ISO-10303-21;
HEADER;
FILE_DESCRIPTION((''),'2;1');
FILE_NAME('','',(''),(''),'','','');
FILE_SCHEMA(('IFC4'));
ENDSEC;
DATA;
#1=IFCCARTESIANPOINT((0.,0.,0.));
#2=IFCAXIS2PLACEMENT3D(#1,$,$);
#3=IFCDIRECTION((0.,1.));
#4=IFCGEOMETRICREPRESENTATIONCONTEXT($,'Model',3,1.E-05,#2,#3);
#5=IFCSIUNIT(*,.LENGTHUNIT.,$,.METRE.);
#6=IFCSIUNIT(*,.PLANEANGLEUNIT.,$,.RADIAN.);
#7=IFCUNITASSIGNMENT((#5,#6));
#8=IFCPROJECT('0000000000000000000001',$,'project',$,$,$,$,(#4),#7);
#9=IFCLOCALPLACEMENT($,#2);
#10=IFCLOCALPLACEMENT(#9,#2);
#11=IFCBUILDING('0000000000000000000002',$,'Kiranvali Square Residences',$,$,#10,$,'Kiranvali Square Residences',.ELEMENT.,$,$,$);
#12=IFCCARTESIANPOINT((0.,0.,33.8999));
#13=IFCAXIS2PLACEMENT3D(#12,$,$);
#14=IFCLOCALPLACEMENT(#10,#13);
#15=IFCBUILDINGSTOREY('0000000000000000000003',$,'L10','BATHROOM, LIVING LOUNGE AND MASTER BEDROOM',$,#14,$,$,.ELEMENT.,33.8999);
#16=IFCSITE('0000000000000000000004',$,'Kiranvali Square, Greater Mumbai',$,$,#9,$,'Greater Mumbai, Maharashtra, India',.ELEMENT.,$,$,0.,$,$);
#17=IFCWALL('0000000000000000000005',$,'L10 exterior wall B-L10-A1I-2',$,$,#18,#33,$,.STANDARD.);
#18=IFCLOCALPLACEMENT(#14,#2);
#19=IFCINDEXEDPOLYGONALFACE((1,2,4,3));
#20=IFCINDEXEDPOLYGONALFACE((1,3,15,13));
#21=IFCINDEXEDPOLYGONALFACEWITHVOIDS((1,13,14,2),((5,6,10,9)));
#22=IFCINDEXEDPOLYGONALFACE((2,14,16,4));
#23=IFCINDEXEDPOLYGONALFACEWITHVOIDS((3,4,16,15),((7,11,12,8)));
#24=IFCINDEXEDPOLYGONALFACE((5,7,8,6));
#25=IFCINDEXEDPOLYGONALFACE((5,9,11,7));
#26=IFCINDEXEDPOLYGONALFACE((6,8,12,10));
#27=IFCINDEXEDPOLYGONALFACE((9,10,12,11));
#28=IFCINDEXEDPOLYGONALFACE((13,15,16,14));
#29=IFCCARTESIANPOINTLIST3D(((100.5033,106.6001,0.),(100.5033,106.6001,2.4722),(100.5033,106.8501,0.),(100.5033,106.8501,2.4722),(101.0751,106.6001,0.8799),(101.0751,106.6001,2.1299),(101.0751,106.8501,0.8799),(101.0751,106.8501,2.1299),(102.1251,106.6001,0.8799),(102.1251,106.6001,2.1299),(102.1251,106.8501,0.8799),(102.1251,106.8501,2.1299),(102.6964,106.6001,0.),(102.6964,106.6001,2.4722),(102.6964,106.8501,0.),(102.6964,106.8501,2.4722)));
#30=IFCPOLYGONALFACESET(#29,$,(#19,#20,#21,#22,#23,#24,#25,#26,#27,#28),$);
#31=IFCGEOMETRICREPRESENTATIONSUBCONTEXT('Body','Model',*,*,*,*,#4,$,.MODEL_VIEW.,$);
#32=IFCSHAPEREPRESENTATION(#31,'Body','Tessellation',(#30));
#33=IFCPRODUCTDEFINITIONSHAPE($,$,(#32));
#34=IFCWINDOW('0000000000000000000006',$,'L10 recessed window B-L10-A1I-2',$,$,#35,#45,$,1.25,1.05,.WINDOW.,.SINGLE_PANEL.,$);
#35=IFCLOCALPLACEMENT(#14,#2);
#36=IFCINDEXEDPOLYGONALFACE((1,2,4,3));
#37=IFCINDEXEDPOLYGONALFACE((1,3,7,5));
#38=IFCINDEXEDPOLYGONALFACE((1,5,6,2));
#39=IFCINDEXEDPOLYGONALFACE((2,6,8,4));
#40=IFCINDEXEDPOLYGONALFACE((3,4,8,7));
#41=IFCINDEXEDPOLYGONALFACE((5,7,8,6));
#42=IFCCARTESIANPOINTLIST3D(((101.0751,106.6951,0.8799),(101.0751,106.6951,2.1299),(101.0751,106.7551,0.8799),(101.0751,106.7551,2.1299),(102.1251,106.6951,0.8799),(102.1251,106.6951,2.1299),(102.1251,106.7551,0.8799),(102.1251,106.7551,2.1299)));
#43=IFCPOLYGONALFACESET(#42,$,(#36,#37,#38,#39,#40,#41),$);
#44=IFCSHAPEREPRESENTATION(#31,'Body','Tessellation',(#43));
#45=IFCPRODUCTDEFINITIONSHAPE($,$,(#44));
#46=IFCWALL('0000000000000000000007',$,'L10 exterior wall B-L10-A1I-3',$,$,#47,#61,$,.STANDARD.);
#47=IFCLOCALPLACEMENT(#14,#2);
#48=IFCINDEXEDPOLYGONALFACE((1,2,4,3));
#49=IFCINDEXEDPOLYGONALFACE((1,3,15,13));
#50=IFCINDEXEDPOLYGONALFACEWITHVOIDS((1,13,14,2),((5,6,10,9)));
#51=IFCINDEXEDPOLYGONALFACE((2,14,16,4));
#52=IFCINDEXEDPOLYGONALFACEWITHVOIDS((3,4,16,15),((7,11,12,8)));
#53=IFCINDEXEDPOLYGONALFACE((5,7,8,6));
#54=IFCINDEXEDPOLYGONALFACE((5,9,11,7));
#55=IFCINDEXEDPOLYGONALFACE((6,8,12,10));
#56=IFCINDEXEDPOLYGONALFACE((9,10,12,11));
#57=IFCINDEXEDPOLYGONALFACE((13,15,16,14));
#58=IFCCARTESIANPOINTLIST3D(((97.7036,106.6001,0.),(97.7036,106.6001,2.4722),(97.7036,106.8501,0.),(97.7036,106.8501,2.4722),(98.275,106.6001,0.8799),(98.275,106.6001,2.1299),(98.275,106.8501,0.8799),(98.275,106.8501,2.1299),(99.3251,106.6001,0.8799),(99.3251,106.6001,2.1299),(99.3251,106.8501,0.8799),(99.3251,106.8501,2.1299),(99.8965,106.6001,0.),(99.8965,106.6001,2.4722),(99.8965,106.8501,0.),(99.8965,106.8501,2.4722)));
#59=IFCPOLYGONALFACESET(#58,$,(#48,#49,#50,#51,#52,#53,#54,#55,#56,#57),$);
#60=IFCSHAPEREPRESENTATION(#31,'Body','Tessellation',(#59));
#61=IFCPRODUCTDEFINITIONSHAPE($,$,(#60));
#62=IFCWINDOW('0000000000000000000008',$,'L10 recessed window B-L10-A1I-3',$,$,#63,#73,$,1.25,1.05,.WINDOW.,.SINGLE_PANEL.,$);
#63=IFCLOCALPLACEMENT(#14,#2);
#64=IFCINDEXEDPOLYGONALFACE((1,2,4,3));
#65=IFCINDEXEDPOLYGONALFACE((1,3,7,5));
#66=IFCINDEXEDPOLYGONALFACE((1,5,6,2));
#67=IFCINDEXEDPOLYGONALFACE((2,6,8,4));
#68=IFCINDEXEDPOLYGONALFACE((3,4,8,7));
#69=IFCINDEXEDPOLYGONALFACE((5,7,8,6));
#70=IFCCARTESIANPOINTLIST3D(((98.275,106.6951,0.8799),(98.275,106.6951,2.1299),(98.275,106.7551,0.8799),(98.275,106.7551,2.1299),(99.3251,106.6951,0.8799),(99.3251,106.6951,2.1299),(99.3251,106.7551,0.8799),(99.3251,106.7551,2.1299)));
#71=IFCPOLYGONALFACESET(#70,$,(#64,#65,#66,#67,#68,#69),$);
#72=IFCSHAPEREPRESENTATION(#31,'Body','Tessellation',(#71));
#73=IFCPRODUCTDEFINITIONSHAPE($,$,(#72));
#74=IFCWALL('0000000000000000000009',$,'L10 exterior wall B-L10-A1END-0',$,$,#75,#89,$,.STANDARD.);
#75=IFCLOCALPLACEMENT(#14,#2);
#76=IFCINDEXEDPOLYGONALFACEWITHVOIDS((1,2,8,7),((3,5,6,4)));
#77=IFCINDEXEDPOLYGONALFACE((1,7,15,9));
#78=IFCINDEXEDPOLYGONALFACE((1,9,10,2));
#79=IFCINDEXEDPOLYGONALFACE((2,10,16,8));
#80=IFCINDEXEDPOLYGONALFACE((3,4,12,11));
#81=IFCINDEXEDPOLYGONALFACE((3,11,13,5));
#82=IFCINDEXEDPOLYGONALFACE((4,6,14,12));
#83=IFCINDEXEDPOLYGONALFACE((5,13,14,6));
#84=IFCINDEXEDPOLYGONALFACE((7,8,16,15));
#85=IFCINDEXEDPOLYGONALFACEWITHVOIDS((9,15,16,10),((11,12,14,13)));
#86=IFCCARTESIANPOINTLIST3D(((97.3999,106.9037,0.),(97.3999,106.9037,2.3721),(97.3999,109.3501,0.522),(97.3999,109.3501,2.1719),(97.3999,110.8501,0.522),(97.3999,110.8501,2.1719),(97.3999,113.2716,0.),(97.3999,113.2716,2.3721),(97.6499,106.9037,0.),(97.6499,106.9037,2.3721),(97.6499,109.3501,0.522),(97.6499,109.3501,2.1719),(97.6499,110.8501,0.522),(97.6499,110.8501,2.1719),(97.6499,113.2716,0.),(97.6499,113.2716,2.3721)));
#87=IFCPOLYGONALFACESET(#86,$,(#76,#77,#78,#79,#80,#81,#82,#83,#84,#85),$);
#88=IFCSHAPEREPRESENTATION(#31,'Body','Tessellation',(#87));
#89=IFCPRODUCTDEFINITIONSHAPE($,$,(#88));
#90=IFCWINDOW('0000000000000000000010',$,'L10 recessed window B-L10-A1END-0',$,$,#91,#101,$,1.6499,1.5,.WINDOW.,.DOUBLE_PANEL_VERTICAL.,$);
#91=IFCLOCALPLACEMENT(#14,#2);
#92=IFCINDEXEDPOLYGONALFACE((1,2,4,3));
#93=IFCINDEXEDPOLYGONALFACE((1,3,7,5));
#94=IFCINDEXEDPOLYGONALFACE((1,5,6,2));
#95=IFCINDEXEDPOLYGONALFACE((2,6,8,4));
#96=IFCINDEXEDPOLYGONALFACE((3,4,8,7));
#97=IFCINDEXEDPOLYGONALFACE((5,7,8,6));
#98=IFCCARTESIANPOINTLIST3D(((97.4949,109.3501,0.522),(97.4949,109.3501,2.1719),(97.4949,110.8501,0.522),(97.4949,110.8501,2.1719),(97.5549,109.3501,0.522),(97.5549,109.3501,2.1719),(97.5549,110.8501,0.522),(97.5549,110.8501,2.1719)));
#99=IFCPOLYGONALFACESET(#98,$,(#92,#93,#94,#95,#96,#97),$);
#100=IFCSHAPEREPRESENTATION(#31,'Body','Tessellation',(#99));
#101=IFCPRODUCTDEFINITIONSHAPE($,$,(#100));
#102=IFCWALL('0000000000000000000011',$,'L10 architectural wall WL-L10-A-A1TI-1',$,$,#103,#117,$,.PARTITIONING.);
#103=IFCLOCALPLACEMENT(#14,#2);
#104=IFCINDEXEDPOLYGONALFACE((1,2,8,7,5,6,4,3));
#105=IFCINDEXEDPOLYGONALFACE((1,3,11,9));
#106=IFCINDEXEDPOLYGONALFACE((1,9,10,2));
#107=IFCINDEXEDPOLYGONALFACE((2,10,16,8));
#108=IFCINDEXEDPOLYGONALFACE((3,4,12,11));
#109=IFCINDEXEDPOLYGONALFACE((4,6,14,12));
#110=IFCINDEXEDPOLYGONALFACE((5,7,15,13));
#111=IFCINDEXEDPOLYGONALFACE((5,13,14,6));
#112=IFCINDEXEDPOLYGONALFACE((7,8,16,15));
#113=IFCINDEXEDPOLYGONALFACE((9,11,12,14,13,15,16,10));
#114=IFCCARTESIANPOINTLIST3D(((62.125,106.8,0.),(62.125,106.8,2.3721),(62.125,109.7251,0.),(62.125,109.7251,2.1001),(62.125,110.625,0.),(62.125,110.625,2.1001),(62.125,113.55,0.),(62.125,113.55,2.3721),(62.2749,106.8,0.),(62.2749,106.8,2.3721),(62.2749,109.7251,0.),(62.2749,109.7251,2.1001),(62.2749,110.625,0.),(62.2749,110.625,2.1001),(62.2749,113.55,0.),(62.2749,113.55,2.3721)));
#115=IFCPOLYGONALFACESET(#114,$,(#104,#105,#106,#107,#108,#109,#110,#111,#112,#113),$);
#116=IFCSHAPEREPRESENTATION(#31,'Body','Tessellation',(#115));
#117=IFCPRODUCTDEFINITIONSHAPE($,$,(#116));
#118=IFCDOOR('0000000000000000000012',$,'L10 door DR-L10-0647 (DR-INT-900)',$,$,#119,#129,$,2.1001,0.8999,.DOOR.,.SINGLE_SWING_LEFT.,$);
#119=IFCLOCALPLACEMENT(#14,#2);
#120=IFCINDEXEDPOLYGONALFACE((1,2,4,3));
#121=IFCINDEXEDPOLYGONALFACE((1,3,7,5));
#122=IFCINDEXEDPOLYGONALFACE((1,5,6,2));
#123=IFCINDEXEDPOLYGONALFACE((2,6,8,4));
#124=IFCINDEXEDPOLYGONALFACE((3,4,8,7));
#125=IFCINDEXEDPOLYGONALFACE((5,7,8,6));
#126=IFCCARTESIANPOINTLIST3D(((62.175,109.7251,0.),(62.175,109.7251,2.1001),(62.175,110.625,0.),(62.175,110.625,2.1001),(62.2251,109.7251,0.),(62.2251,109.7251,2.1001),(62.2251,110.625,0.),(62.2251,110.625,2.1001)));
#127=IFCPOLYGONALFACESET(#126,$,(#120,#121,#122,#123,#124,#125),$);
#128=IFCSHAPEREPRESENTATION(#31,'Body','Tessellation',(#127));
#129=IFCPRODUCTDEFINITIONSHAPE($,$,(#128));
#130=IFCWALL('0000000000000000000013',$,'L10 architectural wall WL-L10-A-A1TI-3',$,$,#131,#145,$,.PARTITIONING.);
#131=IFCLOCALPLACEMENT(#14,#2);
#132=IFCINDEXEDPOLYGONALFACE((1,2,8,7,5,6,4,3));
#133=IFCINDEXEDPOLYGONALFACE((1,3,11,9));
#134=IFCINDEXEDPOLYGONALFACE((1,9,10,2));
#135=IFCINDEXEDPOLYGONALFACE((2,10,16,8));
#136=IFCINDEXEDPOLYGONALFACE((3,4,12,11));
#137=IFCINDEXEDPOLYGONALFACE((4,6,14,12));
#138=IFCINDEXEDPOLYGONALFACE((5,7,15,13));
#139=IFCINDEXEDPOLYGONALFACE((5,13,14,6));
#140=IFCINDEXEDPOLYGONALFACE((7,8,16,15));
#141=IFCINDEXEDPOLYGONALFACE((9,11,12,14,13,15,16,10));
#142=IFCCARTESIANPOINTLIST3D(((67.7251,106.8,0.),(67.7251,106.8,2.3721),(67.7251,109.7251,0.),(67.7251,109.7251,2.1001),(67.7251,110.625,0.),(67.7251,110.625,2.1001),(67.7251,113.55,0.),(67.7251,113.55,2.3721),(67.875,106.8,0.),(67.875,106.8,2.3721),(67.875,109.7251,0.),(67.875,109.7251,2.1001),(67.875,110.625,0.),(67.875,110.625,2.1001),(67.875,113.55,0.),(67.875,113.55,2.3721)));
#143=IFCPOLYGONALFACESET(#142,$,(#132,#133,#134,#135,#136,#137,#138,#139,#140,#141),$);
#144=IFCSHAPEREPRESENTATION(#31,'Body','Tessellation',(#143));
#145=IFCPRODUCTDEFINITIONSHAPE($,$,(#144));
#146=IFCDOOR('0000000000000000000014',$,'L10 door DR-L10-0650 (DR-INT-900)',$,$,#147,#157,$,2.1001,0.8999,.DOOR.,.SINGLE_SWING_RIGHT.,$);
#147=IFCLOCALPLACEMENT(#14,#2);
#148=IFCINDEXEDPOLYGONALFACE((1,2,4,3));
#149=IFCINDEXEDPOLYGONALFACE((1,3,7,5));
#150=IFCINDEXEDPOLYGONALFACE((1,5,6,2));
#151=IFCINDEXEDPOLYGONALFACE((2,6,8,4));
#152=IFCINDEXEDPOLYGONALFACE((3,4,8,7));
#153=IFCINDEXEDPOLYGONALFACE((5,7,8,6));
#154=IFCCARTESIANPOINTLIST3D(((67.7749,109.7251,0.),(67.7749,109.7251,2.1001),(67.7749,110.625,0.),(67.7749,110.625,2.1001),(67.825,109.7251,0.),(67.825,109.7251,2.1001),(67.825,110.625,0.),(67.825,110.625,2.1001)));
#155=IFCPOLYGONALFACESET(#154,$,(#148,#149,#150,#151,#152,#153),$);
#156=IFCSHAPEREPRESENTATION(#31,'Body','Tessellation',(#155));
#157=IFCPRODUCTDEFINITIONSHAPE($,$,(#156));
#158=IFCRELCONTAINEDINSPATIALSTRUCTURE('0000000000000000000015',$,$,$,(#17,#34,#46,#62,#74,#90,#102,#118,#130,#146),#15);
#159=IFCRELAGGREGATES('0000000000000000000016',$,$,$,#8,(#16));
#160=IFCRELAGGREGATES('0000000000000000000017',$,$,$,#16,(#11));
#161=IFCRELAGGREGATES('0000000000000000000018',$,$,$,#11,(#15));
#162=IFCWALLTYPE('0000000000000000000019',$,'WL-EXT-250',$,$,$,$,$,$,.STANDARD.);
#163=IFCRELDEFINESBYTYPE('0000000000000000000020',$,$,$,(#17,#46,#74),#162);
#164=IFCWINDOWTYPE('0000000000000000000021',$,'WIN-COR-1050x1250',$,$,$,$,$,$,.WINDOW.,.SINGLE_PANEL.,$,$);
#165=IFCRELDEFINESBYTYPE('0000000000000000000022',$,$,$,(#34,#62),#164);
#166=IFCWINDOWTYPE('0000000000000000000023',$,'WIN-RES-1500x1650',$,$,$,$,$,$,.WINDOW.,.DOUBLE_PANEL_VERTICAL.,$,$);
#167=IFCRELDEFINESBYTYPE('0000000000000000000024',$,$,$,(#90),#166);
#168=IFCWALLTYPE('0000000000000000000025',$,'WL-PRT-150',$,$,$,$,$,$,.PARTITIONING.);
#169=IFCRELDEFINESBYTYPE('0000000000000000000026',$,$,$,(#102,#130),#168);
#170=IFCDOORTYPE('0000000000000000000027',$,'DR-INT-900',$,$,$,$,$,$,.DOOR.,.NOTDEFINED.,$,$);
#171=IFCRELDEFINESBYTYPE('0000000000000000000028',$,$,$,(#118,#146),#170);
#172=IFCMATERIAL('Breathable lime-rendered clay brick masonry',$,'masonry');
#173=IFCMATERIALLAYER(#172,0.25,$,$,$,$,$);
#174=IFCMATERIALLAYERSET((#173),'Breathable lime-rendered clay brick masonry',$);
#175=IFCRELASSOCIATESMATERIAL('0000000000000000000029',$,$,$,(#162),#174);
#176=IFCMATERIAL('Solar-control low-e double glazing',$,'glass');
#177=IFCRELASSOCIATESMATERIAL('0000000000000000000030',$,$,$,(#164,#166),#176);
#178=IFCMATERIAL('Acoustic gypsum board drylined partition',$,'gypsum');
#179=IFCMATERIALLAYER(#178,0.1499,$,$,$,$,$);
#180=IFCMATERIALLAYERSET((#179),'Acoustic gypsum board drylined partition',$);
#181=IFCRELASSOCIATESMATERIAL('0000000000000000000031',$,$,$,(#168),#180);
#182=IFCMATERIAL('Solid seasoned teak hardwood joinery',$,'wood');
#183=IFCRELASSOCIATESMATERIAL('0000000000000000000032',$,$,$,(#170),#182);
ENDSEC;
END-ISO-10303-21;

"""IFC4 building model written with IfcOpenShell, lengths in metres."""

from ifc_helpers import new_model, si_unit, direction, frame, frame_2d, origin, place, context, subcontext, project, spatial, rectangle, extrude, material, layer, layer_set, type_object, element, fill, save


model = new_model("IFC4")

# Units and contexts
model_context = context("Model", 3, precision=1e-05, world=origin(), true_north=direction((0.0, 1.0)))
body_context = subcontext(model_context, "Body", "Model", "MODEL_VIEW")
ifc_project = project(units=[si_unit("LENGTHUNIT", "METRE"), si_unit("PLANEANGLEUNIT", "RADIAN")], contexts=[model_context])

# Site, building, storey
site_placement = place(None, origin())
site = spatial("IfcSite", under=ifc_project, at=site_placement, Name="Kiranvali Square, Greater Mumbai", LongName="Greater Mumbai, Maharashtra, India", CompositionType="ELEMENT", RefElevation=0.0)
building_placement = place(site_placement, origin())
building = spatial("IfcBuilding", under=site, at=building_placement, Name="Kiranvali Square Residences", LongName="Kiranvali Square Residences", CompositionType="ELEMENT")
storey_placement = place(building_placement, frame((0.0, 0.0, 33.8999)))
storey = spatial("IfcBuildingStorey", under=building, at=storey_placement, Name="L10", Description="BATHROOM, LIVING LOUNGE AND MASTER BEDROOM", CompositionType="ELEMENT", Elevation=33.8999)

# Walls, openings, windows
ifc_material_1 = material(Name="Breathable lime-rendered clay brick masonry", Category="masonry")
ifc_layer_1 = layer(ifc_material_1, 0.25)
ifc_layer_set_1 = layer_set([ifc_layer_1], Name="Breathable lime-rendered clay brick masonry")
wall_type_1 = type_object("IfcWallType", Name="WL-EXT-250", PredefinedType="STANDARD", material=ifc_layer_set_1)
ifc_material_2 = material(Name="Solar-control low-e double glazing", Category="glass")
window_type_1 = type_object("IfcWindowType", Name="WIN-COR-1050x1250", PartitioningType="SINGLE_PANEL", PredefinedType="WINDOW", material=ifc_material_2)
window_type_2 = type_object("IfcWindowType", Name="WIN-RES-1500x1650", PartitioningType="DOUBLE_PANEL_VERTICAL", PredefinedType="WINDOW", material=ifc_material_2)
wall_1_placement = place(storey_placement, frame((102.6965, 106.7251, 0.0), z_axis=(0.0, 0.0, 1.0), x_axis=(-1.0, 0.0, 0.0)))
wall_1 = element("IfcWall", 1, at=wall_1_placement, inside=storey, type_object=wall_type_1, Name="L10 exterior wall B-L10-A1I-2", PredefinedType="STANDARD", context=body_context, shape_type="SweptSolid", body=[
    extrude(rectangle(XDim=2.1931, YDim=0.25, at=frame_2d((1.0967, 0.0))), origin(), (0.0, 0.0, 1.0), 2.4722),
])
opening_1_placement = place(wall_1_placement, frame((0.5715, 0.0, 0.8799)))
opening_1 = element("IfcOpeningElement", 2, at=opening_1_placement, cuts=wall_1, PredefinedType="OPENING", context=body_context, shape_type="SweptSolid", body=[
    extrude(rectangle(XDim=1.05, YDim=1.25, at=frame_2d((0.5249, 0.625))), frame((0.0, 0.135, 0.0), z_axis=(0.0, -1.0, 0.0), x_axis=(1.0, 0.0, 0.0)), (0.0, 0.0, 1.0), 0.27),
])
window_1_placement = place(opening_1_placement, origin())
window_1 = element("IfcWindow", 3, at=window_1_placement, inside=storey, type_object=window_type_1, Name="L10 recessed window B-L10-A1I-2", OverallHeight=1.25, OverallWidth=1.05, PartitioningType="SINGLE_PANEL", PredefinedType="WINDOW", context=body_context, shape_type="SweptSolid", body=[
    extrude(rectangle(XDim=1.05, YDim=1.25, at=frame_2d((0.5249, 0.625))), frame((0.0, 0.03, 0.0), z_axis=(0.0, -1.0, 0.0), x_axis=(1.0, 0.0, 0.0)), (0.0, 0.0, 1.0), 0.0601),
])
fill(opening_1, window_1)
wall_2_placement = place(storey_placement, frame((99.8965, 106.7251, 0.0), z_axis=(0.0, 0.0, 1.0), x_axis=(-1.0, 0.0, 0.0)))
wall_2 = element("IfcWall", 4, at=wall_2_placement, inside=storey, type_object=wall_type_1, Name="L10 exterior wall B-L10-A1I-3", PredefinedType="STANDARD", context=body_context, shape_type="SweptSolid", body=[
    extrude(rectangle(XDim=2.1929, YDim=0.25, at=frame_2d((1.0964, 0.0))), origin(), (0.0, 0.0, 1.0), 2.4722),
])
opening_2_placement = place(wall_2_placement, frame((0.5715, 0.0, 0.8799)))
opening_2 = element("IfcOpeningElement", 5, at=opening_2_placement, cuts=wall_2, PredefinedType="OPENING", context=body_context, shape_type="SweptSolid", body=[
    extrude(rectangle(XDim=1.05, YDim=1.25, at=frame_2d((0.5249, 0.625))), frame((0.0, 0.135, 0.0), z_axis=(0.0, -1.0, 0.0), x_axis=(1.0, 0.0, 0.0)), (0.0, 0.0, 1.0), 0.27),
])
window_2_placement = place(opening_2_placement, origin())
window_2 = element("IfcWindow", 6, at=window_2_placement, inside=storey, type_object=window_type_1, Name="L10 recessed window B-L10-A1I-3", OverallHeight=1.25, OverallWidth=1.05, PartitioningType="SINGLE_PANEL", PredefinedType="WINDOW", context=body_context, shape_type="SweptSolid", body=[
    extrude(rectangle(XDim=1.05, YDim=1.25, at=frame_2d((0.5249, 0.625))), frame((0.0, 0.03, 0.0), z_axis=(0.0, -1.0, 0.0), x_axis=(1.0, 0.0, 0.0)), (0.0, 0.0, 1.0), 0.0601),
])
fill(opening_2, window_2)
wall_3_placement = place(storey_placement, frame((97.5249, 106.9036, 0.0), z_axis=(0.0, 0.0, 1.0), x_axis=(0.0, 1.0, 0.0)))
wall_3 = element("IfcWall", 7, at=wall_3_placement, inside=storey, type_object=wall_type_1, Name="L10 exterior wall B-L10-A1END-0", PredefinedType="STANDARD", context=body_context, shape_type="SweptSolid", body=[
    extrude(rectangle(XDim=6.3679, YDim=0.25, at=frame_2d((3.1841, 0.0))), origin(), (0.0, 0.0, 1.0), 2.3721),
])
opening_3_placement = place(wall_3_placement, frame((2.4465, 0.0, 0.522)))
opening_3 = element("IfcOpeningElement", 8, at=opening_3_placement, cuts=wall_3, PredefinedType="OPENING", context=body_context, shape_type="SweptSolid", body=[
    extrude(rectangle(XDim=1.5, YDim=1.6499, at=frame_2d((0.75, 0.825))), frame((0.0, 0.135, 0.0), z_axis=(0.0, -1.0, 0.0), x_axis=(1.0, 0.0, 0.0)), (0.0, 0.0, 1.0), 0.27),
])
window_3_placement = place(opening_3_placement, origin())
window_3 = element("IfcWindow", 9, at=window_3_placement, inside=storey, type_object=window_type_2, Name="L10 recessed window B-L10-A1END-0", OverallHeight=1.6499, OverallWidth=1.5, PartitioningType="DOUBLE_PANEL_VERTICAL", PredefinedType="WINDOW", context=body_context, shape_type="SweptSolid", body=[
    extrude(rectangle(XDim=1.5, YDim=1.6499, at=frame_2d((0.75, 0.825))), frame((0.0, 0.03, 0.0), z_axis=(0.0, -1.0, 0.0), x_axis=(1.0, 0.0, 0.0)), (0.0, 0.0, 1.0), 0.0601),
])
fill(opening_3, window_3)

# Walls, openings, doors
ifc_material_3 = material(Name="Acoustic gypsum board drylined partition", Category="gypsum")
ifc_layer_2 = layer(ifc_material_3, 0.1499)
ifc_layer_set_2 = layer_set([ifc_layer_2], Name="Acoustic gypsum board drylined partition")
wall_type_2 = type_object("IfcWallType", Name="WL-PRT-150", PredefinedType="PARTITIONING", material=ifc_layer_set_2)
wall_4_placement = place(storey_placement, frame((62.2, 106.8, 0.0), z_axis=(0.0, 0.0, 1.0), x_axis=(0.0, 1.0, 0.0)))
wall_4 = element("IfcWall", 10, at=wall_4_placement, inside=storey, type_object=wall_type_2, Name="L10 architectural wall WL-L10-A-A1TI-1", PredefinedType="PARTITIONING", context=body_context, shape_type="SweptSolid", body=[
    extrude(rectangle(XDim=6.75, YDim=0.1499, at=frame_2d((3.375, 0.0))), origin(), (0.0, 0.0, 1.0), 2.3721),
])
opening_4_placement = place(wall_4_placement, frame((2.925, 0.0, 0.0)))
opening_4 = element("IfcOpeningElement", 11, at=opening_4_placement, cuts=wall_4, PredefinedType="OPENING", context=body_context, shape_type="SweptSolid", body=[
    extrude(rectangle(XDim=0.8999, YDim=2.1001, at=frame_2d((0.45, 1.05))), frame((0.0, 0.085, 0.0), z_axis=(0.0, -1.0, 0.0), x_axis=(1.0, 0.0, 0.0)), (0.0, 0.0, 1.0), 0.1699),
])
ifc_material_4 = material(Name="Solid seasoned teak hardwood joinery", Category="wood")
door_type = type_object("IfcDoorType", Name="DR-INT-900", OperationType="NOTDEFINED", PredefinedType="DOOR", material=ifc_material_4)
door_1_placement = place(opening_4_placement, origin())
door_1 = element("IfcDoor", 12, at=door_1_placement, inside=storey, type_object=door_type, Name="L10 door DR-L10-0647 (DR-INT-900)", OperationType="SINGLE_SWING_LEFT", OverallHeight=2.1001, OverallWidth=0.8999, PredefinedType="DOOR", context=body_context, shape_type="SweptSolid", body=[
    extrude(rectangle(XDim=0.8999, YDim=2.1001, at=frame_2d((0.45, 1.05))), frame((0.0, 0.0249, 0.0), z_axis=(0.0, -1.0, 0.0), x_axis=(1.0, 0.0, 0.0)), (0.0, 0.0, 1.0), 0.05),
])
fill(opening_4, door_1)
wall_5_placement = place(storey_placement, frame((67.8, 106.8, 0.0), z_axis=(0.0, 0.0, 1.0), x_axis=(0.0, 1.0, 0.0)))
wall_5 = element("IfcWall", 13, at=wall_5_placement, inside=storey, type_object=wall_type_2, Name="L10 architectural wall WL-L10-A-A1TI-3", PredefinedType="PARTITIONING", context=body_context, shape_type="SweptSolid", body=[
    extrude(rectangle(XDim=6.75, YDim=0.1499, at=frame_2d((3.375, 0.0))), origin(), (0.0, 0.0, 1.0), 2.3721),
])
opening_5_placement = place(wall_5_placement, frame((2.925, 0.0, 0.0)))
opening_5 = element("IfcOpeningElement", 14, at=opening_5_placement, cuts=wall_5, PredefinedType="OPENING", context=body_context, shape_type="SweptSolid", body=[
    extrude(rectangle(XDim=0.8999, YDim=2.1001, at=frame_2d((0.45, 1.05))), frame((0.0, 0.085, 0.0), z_axis=(0.0, -1.0, 0.0), x_axis=(1.0, 0.0, 0.0)), (0.0, 0.0, 1.0), 0.1699),
])
door_2_placement = place(opening_5_placement, frame((0.8999, 0.0, 0.0), z_axis=(0.0, 0.0, 1.0), x_axis=(-1.0, 0.0, 0.0)))
door_2 = element("IfcDoor", 15, at=door_2_placement, inside=storey, type_object=door_type, Name="L10 door DR-L10-0650 (DR-INT-900)", OperationType="SINGLE_SWING_RIGHT", OverallHeight=2.1001, OverallWidth=0.8999, PredefinedType="DOOR", context=body_context, shape_type="SweptSolid", body=[
    extrude(rectangle(XDim=0.8999, YDim=2.1001, at=frame_2d((0.45, 1.05))), frame((0.0, 0.0249, 0.0), z_axis=(0.0, -1.0, 0.0), x_axis=(1.0, 0.0, 0.0)), (0.0, 0.0, 1.0), 0.05),
])
fill(opening_5, door_2)

save(model, "model.ifc")
